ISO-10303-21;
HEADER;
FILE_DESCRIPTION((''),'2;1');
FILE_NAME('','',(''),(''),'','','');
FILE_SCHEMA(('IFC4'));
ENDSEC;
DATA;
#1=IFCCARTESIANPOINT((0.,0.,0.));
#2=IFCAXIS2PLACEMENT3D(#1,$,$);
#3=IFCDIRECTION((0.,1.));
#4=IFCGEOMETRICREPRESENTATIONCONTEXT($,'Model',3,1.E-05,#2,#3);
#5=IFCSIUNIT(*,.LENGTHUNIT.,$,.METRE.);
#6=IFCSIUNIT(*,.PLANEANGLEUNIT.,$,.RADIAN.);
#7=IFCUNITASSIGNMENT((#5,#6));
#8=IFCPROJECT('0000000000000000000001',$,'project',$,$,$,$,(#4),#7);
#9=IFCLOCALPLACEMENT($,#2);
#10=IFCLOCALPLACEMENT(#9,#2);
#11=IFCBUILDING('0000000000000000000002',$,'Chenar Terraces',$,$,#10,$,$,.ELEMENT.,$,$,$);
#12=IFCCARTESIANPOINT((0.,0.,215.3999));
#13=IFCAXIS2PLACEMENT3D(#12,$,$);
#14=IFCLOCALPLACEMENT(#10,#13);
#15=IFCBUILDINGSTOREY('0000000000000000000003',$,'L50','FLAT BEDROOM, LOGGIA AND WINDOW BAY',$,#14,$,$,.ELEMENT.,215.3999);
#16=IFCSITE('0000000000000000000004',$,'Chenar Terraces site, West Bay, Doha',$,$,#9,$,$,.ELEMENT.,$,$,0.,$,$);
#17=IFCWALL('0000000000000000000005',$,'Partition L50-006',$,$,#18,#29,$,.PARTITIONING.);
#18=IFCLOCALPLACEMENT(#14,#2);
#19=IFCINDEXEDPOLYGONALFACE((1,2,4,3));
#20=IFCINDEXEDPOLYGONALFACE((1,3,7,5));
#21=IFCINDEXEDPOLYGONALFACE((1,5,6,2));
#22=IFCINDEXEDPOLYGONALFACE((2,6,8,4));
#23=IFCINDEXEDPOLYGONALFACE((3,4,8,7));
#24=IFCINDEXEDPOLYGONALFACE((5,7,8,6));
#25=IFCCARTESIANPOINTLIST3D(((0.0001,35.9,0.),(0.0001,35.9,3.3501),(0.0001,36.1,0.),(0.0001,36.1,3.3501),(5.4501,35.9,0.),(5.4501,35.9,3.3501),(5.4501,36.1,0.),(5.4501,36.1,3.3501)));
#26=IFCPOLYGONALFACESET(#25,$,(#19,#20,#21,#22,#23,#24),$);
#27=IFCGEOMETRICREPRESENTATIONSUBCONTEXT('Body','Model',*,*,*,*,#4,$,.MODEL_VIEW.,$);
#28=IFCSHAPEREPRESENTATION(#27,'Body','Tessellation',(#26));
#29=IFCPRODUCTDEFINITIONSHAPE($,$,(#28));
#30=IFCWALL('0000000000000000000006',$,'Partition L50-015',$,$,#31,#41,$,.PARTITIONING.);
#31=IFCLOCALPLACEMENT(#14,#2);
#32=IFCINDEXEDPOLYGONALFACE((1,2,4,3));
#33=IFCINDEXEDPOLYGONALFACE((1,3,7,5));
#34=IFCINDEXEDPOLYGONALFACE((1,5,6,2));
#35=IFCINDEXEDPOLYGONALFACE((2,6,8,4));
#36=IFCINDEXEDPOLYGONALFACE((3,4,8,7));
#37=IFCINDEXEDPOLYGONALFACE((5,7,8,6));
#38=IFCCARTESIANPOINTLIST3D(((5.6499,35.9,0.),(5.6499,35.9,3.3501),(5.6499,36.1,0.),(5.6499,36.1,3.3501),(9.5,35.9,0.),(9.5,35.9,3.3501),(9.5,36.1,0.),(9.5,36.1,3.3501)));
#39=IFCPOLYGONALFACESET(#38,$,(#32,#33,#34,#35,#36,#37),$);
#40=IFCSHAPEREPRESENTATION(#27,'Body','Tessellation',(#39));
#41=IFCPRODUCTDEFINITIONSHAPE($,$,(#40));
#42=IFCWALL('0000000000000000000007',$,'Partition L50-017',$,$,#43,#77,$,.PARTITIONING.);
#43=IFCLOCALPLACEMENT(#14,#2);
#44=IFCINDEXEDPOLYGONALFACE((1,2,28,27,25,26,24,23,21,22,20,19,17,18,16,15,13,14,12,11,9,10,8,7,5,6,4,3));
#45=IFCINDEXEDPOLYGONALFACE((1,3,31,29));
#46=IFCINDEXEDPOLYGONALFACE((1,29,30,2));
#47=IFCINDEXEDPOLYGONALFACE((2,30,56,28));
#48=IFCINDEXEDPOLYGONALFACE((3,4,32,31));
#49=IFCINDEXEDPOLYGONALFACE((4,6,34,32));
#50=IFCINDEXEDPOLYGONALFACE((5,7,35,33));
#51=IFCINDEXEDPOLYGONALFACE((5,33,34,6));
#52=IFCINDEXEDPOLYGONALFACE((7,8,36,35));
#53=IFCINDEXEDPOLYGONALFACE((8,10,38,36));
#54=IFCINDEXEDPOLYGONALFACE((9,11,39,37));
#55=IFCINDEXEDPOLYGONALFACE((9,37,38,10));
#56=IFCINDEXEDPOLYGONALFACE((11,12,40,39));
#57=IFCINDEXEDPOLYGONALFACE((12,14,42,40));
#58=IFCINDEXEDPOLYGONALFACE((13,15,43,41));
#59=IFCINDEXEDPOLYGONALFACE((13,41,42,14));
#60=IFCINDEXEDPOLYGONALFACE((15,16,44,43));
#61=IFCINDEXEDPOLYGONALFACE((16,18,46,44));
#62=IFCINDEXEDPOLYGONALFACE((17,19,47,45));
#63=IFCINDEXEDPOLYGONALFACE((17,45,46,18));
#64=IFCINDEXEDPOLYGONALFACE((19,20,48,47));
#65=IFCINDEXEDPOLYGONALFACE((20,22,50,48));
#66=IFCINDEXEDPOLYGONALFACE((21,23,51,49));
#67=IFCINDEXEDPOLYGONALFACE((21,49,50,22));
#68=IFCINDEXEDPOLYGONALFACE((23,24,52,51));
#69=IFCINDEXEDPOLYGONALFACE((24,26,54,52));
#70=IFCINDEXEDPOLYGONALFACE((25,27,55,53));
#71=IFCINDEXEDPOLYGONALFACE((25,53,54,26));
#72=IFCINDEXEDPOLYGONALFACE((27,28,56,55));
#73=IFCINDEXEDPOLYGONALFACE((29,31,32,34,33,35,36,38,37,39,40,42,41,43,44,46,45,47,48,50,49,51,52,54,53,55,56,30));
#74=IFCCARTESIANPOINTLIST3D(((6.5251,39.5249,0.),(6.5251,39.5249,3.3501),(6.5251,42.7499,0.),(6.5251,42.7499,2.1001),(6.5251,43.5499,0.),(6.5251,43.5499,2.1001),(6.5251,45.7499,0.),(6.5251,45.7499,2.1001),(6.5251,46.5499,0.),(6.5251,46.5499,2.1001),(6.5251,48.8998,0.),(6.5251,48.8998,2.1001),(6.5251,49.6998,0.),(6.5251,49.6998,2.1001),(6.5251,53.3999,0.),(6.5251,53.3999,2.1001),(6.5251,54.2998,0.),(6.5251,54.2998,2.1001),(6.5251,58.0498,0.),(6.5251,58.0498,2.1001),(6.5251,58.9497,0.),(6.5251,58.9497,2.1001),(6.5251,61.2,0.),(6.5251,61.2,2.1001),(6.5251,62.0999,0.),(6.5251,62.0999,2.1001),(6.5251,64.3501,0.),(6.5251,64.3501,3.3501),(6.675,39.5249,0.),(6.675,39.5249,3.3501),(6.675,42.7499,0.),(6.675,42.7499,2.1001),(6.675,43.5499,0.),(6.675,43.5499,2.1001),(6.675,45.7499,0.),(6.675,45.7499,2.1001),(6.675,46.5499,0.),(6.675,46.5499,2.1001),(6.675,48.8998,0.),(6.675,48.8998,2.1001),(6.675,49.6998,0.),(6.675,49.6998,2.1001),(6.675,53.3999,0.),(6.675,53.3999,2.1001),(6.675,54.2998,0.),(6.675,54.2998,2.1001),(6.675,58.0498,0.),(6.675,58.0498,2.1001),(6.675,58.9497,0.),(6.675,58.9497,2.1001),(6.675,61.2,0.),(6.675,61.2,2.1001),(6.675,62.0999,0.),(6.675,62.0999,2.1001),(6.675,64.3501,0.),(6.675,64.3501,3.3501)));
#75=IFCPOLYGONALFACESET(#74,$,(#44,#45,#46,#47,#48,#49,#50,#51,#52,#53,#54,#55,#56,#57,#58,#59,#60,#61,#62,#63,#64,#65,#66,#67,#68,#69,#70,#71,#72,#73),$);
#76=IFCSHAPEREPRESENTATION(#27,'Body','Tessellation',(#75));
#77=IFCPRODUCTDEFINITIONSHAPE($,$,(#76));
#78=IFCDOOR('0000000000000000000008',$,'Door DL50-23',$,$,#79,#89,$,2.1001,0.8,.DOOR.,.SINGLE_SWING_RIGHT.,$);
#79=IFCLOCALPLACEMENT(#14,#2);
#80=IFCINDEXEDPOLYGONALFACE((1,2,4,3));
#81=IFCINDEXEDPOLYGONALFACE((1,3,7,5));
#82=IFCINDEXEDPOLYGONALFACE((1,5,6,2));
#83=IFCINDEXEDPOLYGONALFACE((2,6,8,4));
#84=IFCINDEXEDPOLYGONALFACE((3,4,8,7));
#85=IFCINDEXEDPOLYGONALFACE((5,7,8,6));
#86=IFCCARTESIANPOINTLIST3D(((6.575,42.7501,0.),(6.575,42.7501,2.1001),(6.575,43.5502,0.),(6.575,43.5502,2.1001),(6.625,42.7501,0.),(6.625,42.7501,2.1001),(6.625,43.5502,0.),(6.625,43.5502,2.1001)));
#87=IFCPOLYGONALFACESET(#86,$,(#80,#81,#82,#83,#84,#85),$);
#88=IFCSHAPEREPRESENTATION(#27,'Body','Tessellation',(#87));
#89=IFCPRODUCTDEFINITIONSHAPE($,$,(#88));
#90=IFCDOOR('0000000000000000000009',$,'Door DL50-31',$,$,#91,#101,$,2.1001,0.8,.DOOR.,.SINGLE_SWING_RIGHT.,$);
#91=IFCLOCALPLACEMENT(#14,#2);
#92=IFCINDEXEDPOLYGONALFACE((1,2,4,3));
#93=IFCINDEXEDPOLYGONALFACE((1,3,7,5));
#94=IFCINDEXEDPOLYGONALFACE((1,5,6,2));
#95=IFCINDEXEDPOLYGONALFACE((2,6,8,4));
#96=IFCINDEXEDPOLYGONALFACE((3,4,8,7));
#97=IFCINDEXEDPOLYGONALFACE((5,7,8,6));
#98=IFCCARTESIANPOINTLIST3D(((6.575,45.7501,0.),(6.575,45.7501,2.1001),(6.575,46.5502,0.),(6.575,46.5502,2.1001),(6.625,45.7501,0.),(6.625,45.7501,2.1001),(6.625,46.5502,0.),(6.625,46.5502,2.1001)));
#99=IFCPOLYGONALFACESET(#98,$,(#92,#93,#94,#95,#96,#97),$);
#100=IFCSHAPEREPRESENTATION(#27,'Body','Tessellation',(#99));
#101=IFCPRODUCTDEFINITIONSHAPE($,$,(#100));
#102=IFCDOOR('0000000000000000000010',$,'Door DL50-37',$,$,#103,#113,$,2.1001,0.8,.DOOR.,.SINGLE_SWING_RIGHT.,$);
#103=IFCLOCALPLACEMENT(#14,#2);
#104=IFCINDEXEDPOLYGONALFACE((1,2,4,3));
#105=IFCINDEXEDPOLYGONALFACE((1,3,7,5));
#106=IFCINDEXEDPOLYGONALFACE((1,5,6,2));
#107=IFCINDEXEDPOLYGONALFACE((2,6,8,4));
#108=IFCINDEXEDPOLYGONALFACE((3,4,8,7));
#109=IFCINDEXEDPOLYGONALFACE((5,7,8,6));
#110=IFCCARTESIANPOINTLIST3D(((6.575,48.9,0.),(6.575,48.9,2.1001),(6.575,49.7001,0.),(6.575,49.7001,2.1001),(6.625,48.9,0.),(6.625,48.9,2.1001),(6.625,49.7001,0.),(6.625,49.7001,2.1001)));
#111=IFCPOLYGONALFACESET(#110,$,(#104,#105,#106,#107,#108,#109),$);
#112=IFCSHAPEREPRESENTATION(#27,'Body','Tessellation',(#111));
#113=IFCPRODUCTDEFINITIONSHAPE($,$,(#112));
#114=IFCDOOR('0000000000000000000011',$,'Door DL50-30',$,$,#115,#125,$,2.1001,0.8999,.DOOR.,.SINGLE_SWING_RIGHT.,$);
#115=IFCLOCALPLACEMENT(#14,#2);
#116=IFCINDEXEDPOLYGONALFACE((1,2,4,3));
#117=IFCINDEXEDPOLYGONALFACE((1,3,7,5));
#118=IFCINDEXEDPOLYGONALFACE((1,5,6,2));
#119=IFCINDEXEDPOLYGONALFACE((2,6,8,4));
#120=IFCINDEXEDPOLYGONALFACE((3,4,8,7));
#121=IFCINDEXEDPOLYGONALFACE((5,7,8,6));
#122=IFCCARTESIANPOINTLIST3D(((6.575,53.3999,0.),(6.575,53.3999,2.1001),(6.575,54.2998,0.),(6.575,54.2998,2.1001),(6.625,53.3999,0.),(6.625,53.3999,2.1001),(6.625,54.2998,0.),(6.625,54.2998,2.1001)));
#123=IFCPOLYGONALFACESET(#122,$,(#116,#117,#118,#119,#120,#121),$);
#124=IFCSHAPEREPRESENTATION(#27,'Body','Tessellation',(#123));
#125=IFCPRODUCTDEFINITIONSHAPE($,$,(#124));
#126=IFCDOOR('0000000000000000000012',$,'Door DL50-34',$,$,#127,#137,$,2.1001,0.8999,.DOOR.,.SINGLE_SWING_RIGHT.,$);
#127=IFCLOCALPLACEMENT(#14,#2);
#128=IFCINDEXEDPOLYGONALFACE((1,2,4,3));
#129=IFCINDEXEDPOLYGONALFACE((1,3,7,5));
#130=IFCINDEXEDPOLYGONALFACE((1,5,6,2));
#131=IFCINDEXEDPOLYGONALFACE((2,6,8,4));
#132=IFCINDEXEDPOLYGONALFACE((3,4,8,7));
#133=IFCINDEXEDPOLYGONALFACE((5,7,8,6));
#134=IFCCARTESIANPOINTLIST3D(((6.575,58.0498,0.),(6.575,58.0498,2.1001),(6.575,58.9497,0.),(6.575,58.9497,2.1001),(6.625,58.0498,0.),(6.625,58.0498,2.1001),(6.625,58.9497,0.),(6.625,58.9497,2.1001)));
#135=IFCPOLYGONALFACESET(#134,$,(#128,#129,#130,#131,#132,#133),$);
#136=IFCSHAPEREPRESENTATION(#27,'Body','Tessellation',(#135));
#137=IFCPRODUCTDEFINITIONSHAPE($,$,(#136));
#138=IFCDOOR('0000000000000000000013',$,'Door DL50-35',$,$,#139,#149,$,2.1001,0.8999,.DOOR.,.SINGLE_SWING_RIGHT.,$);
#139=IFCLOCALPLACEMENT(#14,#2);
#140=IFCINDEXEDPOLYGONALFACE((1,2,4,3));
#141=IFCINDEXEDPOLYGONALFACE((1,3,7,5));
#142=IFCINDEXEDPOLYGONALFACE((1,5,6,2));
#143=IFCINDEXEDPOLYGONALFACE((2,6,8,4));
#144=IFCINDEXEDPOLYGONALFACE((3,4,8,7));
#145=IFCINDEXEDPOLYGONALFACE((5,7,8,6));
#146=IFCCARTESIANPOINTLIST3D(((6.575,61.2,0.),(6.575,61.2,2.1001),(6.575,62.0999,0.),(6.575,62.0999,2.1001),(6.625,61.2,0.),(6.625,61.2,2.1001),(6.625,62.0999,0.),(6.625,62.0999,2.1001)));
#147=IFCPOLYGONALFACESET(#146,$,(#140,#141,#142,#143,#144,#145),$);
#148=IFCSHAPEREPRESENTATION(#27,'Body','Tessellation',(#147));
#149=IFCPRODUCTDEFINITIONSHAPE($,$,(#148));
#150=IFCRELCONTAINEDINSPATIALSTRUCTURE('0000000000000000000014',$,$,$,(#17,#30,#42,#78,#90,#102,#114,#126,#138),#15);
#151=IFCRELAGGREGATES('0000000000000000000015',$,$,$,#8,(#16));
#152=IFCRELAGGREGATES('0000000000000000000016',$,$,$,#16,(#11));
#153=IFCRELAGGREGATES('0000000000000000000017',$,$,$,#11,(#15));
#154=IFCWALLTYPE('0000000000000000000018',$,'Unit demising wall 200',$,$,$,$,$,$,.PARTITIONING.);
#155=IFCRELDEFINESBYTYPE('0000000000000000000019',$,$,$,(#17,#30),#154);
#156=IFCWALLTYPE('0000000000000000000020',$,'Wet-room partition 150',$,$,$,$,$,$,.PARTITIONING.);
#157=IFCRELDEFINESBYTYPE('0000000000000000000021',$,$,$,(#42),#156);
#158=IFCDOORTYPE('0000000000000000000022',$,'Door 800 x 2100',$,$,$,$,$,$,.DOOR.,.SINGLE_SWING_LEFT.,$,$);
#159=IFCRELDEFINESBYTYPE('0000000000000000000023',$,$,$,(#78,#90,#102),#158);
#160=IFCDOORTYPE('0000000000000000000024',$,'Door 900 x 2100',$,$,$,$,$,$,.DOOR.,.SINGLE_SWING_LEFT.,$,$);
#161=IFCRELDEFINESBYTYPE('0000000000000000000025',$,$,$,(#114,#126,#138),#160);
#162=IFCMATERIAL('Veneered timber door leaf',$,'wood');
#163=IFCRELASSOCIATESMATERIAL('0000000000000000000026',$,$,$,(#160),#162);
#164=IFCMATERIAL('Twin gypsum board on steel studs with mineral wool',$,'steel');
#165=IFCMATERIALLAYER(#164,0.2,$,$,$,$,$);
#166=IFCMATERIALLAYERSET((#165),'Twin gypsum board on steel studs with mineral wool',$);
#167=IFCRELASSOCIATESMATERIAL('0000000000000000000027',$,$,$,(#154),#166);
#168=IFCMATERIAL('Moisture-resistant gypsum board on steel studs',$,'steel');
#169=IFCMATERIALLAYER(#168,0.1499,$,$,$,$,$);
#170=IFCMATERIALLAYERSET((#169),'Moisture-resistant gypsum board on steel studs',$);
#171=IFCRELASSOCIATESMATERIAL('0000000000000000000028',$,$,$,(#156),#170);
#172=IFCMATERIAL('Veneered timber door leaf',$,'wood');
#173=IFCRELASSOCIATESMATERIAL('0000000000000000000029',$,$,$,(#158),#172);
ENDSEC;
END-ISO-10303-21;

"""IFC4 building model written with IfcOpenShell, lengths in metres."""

from ifc_helpers import new_model, si_unit, direction, frame, frame_2d, origin, place, context, subcontext, project, spatial, rectangle, extrude, material, layer, layer_set, type_object, element, fill, save


model = new_model("IFC4")

# Units and contexts
model_context = context("Model", 3, precision=1e-05, world=origin(), true_north=direction((0.0, 1.0)))
body_context = subcontext(model_context, "Body", "Model", "MODEL_VIEW")
ifc_project = project(units=[si_unit("LENGTHUNIT", "METRE"), si_unit("PLANEANGLEUNIT", "RADIAN")], contexts=[model_context])

# Site, building, storey
site_placement = place(None, origin())
site = spatial("IfcSite", under=ifc_project, at=site_placement, Name="Chenar Terraces site, West Bay, Doha", CompositionType="ELEMENT", RefElevation=0.0)
building_placement = place(site_placement, origin())
building = spatial("IfcBuilding", under=site, at=building_placement, Name="Chenar Terraces", CompositionType="ELEMENT")
storey_placement = place(building_placement, frame((0.0, 0.0, 215.3999)))
storey = spatial("IfcBuildingStorey", under=building, at=storey_placement, Name="L50", Description="FLAT BEDROOM, LOGGIA AND WINDOW BAY", CompositionType="ELEMENT", Elevation=215.3999)

# Shared definitions
placement = place(storey_placement, frame((0.0, 36.0, 0.0), z_axis=(0.0, 0.0, 1.0), x_axis=(1.0, 0.0, 0.0)))

# Shared definitions
ifc_material_1 = material(Name="Veneered timber door leaf", Category="wood")
door_type_1 = type_object("IfcDoorType", Name="Door 900 x 2100", OperationType="SINGLE_SWING_LEFT", PredefinedType="DOOR", material=ifc_material_1)

# Walls
ifc_material_2 = material(Name="Twin gypsum board on steel studs with mineral wool", Category="steel")
ifc_layer_1 = layer(ifc_material_2, 0.2)
ifc_layer_set_1 = layer_set([ifc_layer_1], Name="Twin gypsum board on steel studs with mineral wool")
wall_type_1 = type_object("IfcWallType", Name="Unit demising wall 200", PredefinedType="PARTITIONING", material=ifc_layer_set_1)
element("IfcWall", 1, at=placement, inside=storey, type_object=wall_type_1, Name="Partition L50-006", PredefinedType="PARTITIONING", context=body_context, shape_type="SweptSolid", body=[
    extrude(rectangle(XDim=5.45, YDim=0.2, at=frame_2d((2.7251, 0.0))), origin(), (0.0, 0.0, 1.0), 3.3501),
])
wall_1_placement = place(storey_placement, frame((5.6499, 36.0, 0.0), z_axis=(0.0, 0.0, 1.0), x_axis=(1.0, 0.0, 0.0)))
element("IfcWall", 2, at=wall_1_placement, inside=storey, type_object=wall_type_1, Name="Partition L50-015", PredefinedType="PARTITIONING", context=body_context, shape_type="SweptSolid", body=[
    extrude(rectangle(XDim=3.8501, YDim=0.2, at=frame_2d((1.925, 0.0))), origin(), (0.0, 0.0, 1.0), 3.3501),
])

# Wall, openings, doors
ifc_material_3 = material(Name="Moisture-resistant gypsum board on steel studs", Category="steel")
ifc_layer_2 = layer(ifc_material_3, 0.1499)
ifc_layer_set_2 = layer_set([ifc_layer_2], Name="Moisture-resistant gypsum board on steel studs")
wall_type_2 = type_object("IfcWallType", Name="Wet-room partition 150", PredefinedType="PARTITIONING", material=ifc_layer_set_2)
wall_2_placement = place(storey_placement, frame((6.6001, 39.5249, 0.0), z_axis=(0.0, 0.0, 1.0), x_axis=(0.0, 1.0, 0.0)))
wall_2 = element("IfcWall", 3, at=wall_2_placement, inside=storey, type_object=wall_type_2, Name="Partition L50-017", PredefinedType="PARTITIONING", context=body_context, shape_type="SweptSolid", body=[
    extrude(rectangle(XDim=24.8252, YDim=0.1499, at=frame_2d((12.4126, 0.0))), origin(), (0.0, 0.0, 1.0), 3.3501),
])
opening_1_placement = place(wall_2_placement, frame((3.2251, 0.0, 0.0)))
opening_1 = element("IfcOpeningElement", 4, at=opening_1_placement, cuts=wall_2, PredefinedType="OPENING", context=body_context, shape_type="SweptSolid", body=[
    extrude(rectangle(XDim=0.8, YDim=2.1001, at=frame_2d((0.3999, 1.05))), frame((0.0, 0.085, 0.0), z_axis=(0.0, -1.0, 0.0), x_axis=(1.0, 0.0, 0.0)), (0.0, 0.0, 1.0), 0.1699),
])
opening_2_placement = place(wall_2_placement, frame((13.875, 0.0, 0.0)))
opening_2 = element("IfcOpeningElement", 5, at=opening_2_placement, cuts=wall_2, PredefinedType="OPENING", context=body_context, shape_type="SweptSolid", body=[
    extrude(rectangle(XDim=0.8999, YDim=2.1001, at=frame_2d((0.45, 1.05))), frame((0.0, 0.085, 0.0), z_axis=(0.0, -1.0, 0.0), x_axis=(1.0, 0.0, 0.0)), (0.0, 0.0, 1.0), 0.1699),
])
opening_3_placement = place(wall_2_placement, frame((6.2251, 0.0, 0.0)))
opening_3 = element("IfcOpeningElement", 6, at=opening_3_placement, cuts=wall_2, PredefinedType="OPENING", context=body_context, shape_type="SweptSolid", body=[
    extrude(rectangle(XDim=0.8, YDim=2.1001, at=frame_2d((0.3999, 1.05))), frame((0.0, 0.085, 0.0), z_axis=(0.0, -1.0, 0.0), x_axis=(1.0, 0.0, 0.0)), (0.0, 0.0, 1.0), 0.1699),
])
opening_4_placement = place(wall_2_placement, frame((18.5249, 0.0, 0.0)))
opening_4 = element("IfcOpeningElement", 7, at=opening_4_placement, cuts=wall_2, PredefinedType="OPENING", context=body_context, shape_type="SweptSolid", body=[
    extrude(rectangle(XDim=0.8999, YDim=2.1001, at=frame_2d((0.45, 1.05))), frame((0.0, 0.085, 0.0), z_axis=(0.0, -1.0, 0.0), x_axis=(1.0, 0.0, 0.0)), (0.0, 0.0, 1.0), 0.1699),
])
opening_5_placement = place(wall_2_placement, frame((21.675, 0.0, 0.0)))
opening_5 = element("IfcOpeningElement", 8, at=opening_5_placement, cuts=wall_2, PredefinedType="OPENING", context=body_context, shape_type="SweptSolid", body=[
    extrude(rectangle(XDim=0.8999, YDim=2.1001, at=frame_2d((0.45, 1.05))), frame((0.0, 0.085, 0.0), z_axis=(0.0, -1.0, 0.0), x_axis=(1.0, 0.0, 0.0)), (0.0, 0.0, 1.0), 0.1699),
])
opening_6_placement = place(wall_2_placement, frame((9.375, 0.0, 0.0)))
opening_6 = element("IfcOpeningElement", 9, at=opening_6_placement, cuts=wall_2, PredefinedType="OPENING", context=body_context, shape_type="SweptSolid", body=[
    extrude(rectangle(XDim=0.8, YDim=2.1001, at=frame_2d((0.3999, 1.05))), frame((0.0, 0.085, 0.0), z_axis=(0.0, -1.0, 0.0), x_axis=(1.0, 0.0, 0.0)), (0.0, 0.0, 1.0), 0.1699),
])
ifc_material_4 = material(Name="Veneered timber door leaf", Category="wood")
door_type_2 = type_object("IfcDoorType", Name="Door 800 x 2100", OperationType="SINGLE_SWING_LEFT", PredefinedType="DOOR", material=ifc_material_4)
door_1_placement = place(opening_1_placement, frame((0.8, 0.0, 0.0), z_axis=(0.0, 0.0, 1.0), x_axis=(-1.0, 0.0, 0.0)))
door_1 = element("IfcDoor", 10, at=door_1_placement, inside=storey, type_object=door_type_2, Name="Door DL50-23", OperationType="SINGLE_SWING_RIGHT", OverallHeight=2.1001, OverallWidth=0.8, PredefinedType="DOOR", context=body_context, shape_type="SweptSolid", body=[
    extrude(rectangle(XDim=0.8, YDim=2.1001, at=frame_2d((0.3999, 1.05))), frame((0.0, 0.0249, 0.0), z_axis=(0.0, -1.0, 0.0), x_axis=(1.0, 0.0, 0.0)), (0.0, 0.0, 1.0), 0.05),
])
fill(opening_1, door_1)
door_2_placement = place(opening_3_placement, frame((0.8, 0.0, 0.0), z_axis=(0.0, 0.0, 1.0), x_axis=(-1.0, 0.0, 0.0)))
door_2 = element("IfcDoor", 11, at=door_2_placement, inside=storey, type_object=door_type_2, Name="Door DL50-31", OperationType="SINGLE_SWING_RIGHT", OverallHeight=2.1001, OverallWidth=0.8, PredefinedType="DOOR", context=body_context, shape_type="SweptSolid", body=[
    extrude(rectangle(XDim=0.8, YDim=2.1001, at=frame_2d((0.3999, 1.05))), frame((0.0, 0.0249, 0.0), z_axis=(0.0, -1.0, 0.0), x_axis=(1.0, 0.0, 0.0)), (0.0, 0.0, 1.0), 0.05),
])
fill(opening_3, door_2)
door_3_placement = place(opening_6_placement, frame((0.8, 0.0, 0.0), z_axis=(0.0, 0.0, 1.0), x_axis=(-1.0, 0.0, 0.0)))
door_3 = element("IfcDoor", 12, at=door_3_placement, inside=storey, type_object=door_type_2, Name="Door DL50-37", OperationType="SINGLE_SWING_RIGHT", OverallHeight=2.1001, OverallWidth=0.8, PredefinedType="DOOR", context=body_context, shape_type="SweptSolid", body=[
    extrude(rectangle(XDim=0.8, YDim=2.1001, at=frame_2d((0.3999, 1.05))), frame((0.0, 0.0249, 0.0), z_axis=(0.0, -1.0, 0.0), x_axis=(1.0, 0.0, 0.0)), (0.0, 0.0, 1.0), 0.05),
])
fill(opening_6, door_3)
door_4_placement = place(opening_2_placement, frame((0.8999, 0.0, 0.0), z_axis=(0.0, 0.0, 1.0), x_axis=(-1.0, 0.0, 0.0)))
door_4 = element("IfcDoor", 13, at=door_4_placement, inside=storey, type_object=door_type_1, Name="Door DL50-30", OperationType="SINGLE_SWING_RIGHT", OverallHeight=2.1001, OverallWidth=0.8999, PredefinedType="DOOR", context=body_context, shape_type="SweptSolid", body=[
    extrude(rectangle(XDim=0.8999, YDim=2.1001, at=frame_2d((0.45, 1.05))), frame((0.0, 0.0249, 0.0), z_axis=(0.0, -1.0, 0.0), x_axis=(1.0, 0.0, 0.0)), (0.0, 0.0, 1.0), 0.05),
])
fill(opening_2, door_4)
door_5_placement = place(opening_4_placement, frame((0.8999, 0.0, 0.0), z_axis=(0.0, 0.0, 1.0), x_axis=(-1.0, 0.0, 0.0)))
door_5 = element("IfcDoor", 14, at=door_5_placement, inside=storey, type_object=door_type_1, Name="Door DL50-34", OperationType="SINGLE_SWING_RIGHT", OverallHeight=2.1001, OverallWidth=0.8999, PredefinedType="DOOR", context=body_context, shape_type="SweptSolid", body=[
    extrude(rectangle(XDim=0.8999, YDim=2.1001, at=frame_2d((0.45, 1.05))), frame((0.0, 0.0249, 0.0), z_axis=(0.0, -1.0, 0.0), x_axis=(1.0, 0.0, 0.0)), (0.0, 0.0, 1.0), 0.05),
])
fill(opening_4, door_5)
door_6_placement = place(opening_5_placement, frame((0.8999, 0.0, 0.0), z_axis=(0.0, 0.0, 1.0), x_axis=(-1.0, 0.0, 0.0)))
door_6 = element("IfcDoor", 15, at=door_6_placement, inside=storey, type_object=door_type_1, Name="Door DL50-35", OperationType="SINGLE_SWING_RIGHT", OverallHeight=2.1001, OverallWidth=0.8999, PredefinedType="DOOR", context=body_context, shape_type="SweptSolid", body=[
    extrude(rectangle(XDim=0.8999, YDim=2.1001, at=frame_2d((0.45, 1.05))), frame((0.0, 0.0249, 0.0), z_axis=(0.0, -1.0, 0.0), x_axis=(1.0, 0.0, 0.0)), (0.0, 0.0, 1.0), 0.05),
])
fill(opening_5, door_6)

save(model, "model.ifc")
